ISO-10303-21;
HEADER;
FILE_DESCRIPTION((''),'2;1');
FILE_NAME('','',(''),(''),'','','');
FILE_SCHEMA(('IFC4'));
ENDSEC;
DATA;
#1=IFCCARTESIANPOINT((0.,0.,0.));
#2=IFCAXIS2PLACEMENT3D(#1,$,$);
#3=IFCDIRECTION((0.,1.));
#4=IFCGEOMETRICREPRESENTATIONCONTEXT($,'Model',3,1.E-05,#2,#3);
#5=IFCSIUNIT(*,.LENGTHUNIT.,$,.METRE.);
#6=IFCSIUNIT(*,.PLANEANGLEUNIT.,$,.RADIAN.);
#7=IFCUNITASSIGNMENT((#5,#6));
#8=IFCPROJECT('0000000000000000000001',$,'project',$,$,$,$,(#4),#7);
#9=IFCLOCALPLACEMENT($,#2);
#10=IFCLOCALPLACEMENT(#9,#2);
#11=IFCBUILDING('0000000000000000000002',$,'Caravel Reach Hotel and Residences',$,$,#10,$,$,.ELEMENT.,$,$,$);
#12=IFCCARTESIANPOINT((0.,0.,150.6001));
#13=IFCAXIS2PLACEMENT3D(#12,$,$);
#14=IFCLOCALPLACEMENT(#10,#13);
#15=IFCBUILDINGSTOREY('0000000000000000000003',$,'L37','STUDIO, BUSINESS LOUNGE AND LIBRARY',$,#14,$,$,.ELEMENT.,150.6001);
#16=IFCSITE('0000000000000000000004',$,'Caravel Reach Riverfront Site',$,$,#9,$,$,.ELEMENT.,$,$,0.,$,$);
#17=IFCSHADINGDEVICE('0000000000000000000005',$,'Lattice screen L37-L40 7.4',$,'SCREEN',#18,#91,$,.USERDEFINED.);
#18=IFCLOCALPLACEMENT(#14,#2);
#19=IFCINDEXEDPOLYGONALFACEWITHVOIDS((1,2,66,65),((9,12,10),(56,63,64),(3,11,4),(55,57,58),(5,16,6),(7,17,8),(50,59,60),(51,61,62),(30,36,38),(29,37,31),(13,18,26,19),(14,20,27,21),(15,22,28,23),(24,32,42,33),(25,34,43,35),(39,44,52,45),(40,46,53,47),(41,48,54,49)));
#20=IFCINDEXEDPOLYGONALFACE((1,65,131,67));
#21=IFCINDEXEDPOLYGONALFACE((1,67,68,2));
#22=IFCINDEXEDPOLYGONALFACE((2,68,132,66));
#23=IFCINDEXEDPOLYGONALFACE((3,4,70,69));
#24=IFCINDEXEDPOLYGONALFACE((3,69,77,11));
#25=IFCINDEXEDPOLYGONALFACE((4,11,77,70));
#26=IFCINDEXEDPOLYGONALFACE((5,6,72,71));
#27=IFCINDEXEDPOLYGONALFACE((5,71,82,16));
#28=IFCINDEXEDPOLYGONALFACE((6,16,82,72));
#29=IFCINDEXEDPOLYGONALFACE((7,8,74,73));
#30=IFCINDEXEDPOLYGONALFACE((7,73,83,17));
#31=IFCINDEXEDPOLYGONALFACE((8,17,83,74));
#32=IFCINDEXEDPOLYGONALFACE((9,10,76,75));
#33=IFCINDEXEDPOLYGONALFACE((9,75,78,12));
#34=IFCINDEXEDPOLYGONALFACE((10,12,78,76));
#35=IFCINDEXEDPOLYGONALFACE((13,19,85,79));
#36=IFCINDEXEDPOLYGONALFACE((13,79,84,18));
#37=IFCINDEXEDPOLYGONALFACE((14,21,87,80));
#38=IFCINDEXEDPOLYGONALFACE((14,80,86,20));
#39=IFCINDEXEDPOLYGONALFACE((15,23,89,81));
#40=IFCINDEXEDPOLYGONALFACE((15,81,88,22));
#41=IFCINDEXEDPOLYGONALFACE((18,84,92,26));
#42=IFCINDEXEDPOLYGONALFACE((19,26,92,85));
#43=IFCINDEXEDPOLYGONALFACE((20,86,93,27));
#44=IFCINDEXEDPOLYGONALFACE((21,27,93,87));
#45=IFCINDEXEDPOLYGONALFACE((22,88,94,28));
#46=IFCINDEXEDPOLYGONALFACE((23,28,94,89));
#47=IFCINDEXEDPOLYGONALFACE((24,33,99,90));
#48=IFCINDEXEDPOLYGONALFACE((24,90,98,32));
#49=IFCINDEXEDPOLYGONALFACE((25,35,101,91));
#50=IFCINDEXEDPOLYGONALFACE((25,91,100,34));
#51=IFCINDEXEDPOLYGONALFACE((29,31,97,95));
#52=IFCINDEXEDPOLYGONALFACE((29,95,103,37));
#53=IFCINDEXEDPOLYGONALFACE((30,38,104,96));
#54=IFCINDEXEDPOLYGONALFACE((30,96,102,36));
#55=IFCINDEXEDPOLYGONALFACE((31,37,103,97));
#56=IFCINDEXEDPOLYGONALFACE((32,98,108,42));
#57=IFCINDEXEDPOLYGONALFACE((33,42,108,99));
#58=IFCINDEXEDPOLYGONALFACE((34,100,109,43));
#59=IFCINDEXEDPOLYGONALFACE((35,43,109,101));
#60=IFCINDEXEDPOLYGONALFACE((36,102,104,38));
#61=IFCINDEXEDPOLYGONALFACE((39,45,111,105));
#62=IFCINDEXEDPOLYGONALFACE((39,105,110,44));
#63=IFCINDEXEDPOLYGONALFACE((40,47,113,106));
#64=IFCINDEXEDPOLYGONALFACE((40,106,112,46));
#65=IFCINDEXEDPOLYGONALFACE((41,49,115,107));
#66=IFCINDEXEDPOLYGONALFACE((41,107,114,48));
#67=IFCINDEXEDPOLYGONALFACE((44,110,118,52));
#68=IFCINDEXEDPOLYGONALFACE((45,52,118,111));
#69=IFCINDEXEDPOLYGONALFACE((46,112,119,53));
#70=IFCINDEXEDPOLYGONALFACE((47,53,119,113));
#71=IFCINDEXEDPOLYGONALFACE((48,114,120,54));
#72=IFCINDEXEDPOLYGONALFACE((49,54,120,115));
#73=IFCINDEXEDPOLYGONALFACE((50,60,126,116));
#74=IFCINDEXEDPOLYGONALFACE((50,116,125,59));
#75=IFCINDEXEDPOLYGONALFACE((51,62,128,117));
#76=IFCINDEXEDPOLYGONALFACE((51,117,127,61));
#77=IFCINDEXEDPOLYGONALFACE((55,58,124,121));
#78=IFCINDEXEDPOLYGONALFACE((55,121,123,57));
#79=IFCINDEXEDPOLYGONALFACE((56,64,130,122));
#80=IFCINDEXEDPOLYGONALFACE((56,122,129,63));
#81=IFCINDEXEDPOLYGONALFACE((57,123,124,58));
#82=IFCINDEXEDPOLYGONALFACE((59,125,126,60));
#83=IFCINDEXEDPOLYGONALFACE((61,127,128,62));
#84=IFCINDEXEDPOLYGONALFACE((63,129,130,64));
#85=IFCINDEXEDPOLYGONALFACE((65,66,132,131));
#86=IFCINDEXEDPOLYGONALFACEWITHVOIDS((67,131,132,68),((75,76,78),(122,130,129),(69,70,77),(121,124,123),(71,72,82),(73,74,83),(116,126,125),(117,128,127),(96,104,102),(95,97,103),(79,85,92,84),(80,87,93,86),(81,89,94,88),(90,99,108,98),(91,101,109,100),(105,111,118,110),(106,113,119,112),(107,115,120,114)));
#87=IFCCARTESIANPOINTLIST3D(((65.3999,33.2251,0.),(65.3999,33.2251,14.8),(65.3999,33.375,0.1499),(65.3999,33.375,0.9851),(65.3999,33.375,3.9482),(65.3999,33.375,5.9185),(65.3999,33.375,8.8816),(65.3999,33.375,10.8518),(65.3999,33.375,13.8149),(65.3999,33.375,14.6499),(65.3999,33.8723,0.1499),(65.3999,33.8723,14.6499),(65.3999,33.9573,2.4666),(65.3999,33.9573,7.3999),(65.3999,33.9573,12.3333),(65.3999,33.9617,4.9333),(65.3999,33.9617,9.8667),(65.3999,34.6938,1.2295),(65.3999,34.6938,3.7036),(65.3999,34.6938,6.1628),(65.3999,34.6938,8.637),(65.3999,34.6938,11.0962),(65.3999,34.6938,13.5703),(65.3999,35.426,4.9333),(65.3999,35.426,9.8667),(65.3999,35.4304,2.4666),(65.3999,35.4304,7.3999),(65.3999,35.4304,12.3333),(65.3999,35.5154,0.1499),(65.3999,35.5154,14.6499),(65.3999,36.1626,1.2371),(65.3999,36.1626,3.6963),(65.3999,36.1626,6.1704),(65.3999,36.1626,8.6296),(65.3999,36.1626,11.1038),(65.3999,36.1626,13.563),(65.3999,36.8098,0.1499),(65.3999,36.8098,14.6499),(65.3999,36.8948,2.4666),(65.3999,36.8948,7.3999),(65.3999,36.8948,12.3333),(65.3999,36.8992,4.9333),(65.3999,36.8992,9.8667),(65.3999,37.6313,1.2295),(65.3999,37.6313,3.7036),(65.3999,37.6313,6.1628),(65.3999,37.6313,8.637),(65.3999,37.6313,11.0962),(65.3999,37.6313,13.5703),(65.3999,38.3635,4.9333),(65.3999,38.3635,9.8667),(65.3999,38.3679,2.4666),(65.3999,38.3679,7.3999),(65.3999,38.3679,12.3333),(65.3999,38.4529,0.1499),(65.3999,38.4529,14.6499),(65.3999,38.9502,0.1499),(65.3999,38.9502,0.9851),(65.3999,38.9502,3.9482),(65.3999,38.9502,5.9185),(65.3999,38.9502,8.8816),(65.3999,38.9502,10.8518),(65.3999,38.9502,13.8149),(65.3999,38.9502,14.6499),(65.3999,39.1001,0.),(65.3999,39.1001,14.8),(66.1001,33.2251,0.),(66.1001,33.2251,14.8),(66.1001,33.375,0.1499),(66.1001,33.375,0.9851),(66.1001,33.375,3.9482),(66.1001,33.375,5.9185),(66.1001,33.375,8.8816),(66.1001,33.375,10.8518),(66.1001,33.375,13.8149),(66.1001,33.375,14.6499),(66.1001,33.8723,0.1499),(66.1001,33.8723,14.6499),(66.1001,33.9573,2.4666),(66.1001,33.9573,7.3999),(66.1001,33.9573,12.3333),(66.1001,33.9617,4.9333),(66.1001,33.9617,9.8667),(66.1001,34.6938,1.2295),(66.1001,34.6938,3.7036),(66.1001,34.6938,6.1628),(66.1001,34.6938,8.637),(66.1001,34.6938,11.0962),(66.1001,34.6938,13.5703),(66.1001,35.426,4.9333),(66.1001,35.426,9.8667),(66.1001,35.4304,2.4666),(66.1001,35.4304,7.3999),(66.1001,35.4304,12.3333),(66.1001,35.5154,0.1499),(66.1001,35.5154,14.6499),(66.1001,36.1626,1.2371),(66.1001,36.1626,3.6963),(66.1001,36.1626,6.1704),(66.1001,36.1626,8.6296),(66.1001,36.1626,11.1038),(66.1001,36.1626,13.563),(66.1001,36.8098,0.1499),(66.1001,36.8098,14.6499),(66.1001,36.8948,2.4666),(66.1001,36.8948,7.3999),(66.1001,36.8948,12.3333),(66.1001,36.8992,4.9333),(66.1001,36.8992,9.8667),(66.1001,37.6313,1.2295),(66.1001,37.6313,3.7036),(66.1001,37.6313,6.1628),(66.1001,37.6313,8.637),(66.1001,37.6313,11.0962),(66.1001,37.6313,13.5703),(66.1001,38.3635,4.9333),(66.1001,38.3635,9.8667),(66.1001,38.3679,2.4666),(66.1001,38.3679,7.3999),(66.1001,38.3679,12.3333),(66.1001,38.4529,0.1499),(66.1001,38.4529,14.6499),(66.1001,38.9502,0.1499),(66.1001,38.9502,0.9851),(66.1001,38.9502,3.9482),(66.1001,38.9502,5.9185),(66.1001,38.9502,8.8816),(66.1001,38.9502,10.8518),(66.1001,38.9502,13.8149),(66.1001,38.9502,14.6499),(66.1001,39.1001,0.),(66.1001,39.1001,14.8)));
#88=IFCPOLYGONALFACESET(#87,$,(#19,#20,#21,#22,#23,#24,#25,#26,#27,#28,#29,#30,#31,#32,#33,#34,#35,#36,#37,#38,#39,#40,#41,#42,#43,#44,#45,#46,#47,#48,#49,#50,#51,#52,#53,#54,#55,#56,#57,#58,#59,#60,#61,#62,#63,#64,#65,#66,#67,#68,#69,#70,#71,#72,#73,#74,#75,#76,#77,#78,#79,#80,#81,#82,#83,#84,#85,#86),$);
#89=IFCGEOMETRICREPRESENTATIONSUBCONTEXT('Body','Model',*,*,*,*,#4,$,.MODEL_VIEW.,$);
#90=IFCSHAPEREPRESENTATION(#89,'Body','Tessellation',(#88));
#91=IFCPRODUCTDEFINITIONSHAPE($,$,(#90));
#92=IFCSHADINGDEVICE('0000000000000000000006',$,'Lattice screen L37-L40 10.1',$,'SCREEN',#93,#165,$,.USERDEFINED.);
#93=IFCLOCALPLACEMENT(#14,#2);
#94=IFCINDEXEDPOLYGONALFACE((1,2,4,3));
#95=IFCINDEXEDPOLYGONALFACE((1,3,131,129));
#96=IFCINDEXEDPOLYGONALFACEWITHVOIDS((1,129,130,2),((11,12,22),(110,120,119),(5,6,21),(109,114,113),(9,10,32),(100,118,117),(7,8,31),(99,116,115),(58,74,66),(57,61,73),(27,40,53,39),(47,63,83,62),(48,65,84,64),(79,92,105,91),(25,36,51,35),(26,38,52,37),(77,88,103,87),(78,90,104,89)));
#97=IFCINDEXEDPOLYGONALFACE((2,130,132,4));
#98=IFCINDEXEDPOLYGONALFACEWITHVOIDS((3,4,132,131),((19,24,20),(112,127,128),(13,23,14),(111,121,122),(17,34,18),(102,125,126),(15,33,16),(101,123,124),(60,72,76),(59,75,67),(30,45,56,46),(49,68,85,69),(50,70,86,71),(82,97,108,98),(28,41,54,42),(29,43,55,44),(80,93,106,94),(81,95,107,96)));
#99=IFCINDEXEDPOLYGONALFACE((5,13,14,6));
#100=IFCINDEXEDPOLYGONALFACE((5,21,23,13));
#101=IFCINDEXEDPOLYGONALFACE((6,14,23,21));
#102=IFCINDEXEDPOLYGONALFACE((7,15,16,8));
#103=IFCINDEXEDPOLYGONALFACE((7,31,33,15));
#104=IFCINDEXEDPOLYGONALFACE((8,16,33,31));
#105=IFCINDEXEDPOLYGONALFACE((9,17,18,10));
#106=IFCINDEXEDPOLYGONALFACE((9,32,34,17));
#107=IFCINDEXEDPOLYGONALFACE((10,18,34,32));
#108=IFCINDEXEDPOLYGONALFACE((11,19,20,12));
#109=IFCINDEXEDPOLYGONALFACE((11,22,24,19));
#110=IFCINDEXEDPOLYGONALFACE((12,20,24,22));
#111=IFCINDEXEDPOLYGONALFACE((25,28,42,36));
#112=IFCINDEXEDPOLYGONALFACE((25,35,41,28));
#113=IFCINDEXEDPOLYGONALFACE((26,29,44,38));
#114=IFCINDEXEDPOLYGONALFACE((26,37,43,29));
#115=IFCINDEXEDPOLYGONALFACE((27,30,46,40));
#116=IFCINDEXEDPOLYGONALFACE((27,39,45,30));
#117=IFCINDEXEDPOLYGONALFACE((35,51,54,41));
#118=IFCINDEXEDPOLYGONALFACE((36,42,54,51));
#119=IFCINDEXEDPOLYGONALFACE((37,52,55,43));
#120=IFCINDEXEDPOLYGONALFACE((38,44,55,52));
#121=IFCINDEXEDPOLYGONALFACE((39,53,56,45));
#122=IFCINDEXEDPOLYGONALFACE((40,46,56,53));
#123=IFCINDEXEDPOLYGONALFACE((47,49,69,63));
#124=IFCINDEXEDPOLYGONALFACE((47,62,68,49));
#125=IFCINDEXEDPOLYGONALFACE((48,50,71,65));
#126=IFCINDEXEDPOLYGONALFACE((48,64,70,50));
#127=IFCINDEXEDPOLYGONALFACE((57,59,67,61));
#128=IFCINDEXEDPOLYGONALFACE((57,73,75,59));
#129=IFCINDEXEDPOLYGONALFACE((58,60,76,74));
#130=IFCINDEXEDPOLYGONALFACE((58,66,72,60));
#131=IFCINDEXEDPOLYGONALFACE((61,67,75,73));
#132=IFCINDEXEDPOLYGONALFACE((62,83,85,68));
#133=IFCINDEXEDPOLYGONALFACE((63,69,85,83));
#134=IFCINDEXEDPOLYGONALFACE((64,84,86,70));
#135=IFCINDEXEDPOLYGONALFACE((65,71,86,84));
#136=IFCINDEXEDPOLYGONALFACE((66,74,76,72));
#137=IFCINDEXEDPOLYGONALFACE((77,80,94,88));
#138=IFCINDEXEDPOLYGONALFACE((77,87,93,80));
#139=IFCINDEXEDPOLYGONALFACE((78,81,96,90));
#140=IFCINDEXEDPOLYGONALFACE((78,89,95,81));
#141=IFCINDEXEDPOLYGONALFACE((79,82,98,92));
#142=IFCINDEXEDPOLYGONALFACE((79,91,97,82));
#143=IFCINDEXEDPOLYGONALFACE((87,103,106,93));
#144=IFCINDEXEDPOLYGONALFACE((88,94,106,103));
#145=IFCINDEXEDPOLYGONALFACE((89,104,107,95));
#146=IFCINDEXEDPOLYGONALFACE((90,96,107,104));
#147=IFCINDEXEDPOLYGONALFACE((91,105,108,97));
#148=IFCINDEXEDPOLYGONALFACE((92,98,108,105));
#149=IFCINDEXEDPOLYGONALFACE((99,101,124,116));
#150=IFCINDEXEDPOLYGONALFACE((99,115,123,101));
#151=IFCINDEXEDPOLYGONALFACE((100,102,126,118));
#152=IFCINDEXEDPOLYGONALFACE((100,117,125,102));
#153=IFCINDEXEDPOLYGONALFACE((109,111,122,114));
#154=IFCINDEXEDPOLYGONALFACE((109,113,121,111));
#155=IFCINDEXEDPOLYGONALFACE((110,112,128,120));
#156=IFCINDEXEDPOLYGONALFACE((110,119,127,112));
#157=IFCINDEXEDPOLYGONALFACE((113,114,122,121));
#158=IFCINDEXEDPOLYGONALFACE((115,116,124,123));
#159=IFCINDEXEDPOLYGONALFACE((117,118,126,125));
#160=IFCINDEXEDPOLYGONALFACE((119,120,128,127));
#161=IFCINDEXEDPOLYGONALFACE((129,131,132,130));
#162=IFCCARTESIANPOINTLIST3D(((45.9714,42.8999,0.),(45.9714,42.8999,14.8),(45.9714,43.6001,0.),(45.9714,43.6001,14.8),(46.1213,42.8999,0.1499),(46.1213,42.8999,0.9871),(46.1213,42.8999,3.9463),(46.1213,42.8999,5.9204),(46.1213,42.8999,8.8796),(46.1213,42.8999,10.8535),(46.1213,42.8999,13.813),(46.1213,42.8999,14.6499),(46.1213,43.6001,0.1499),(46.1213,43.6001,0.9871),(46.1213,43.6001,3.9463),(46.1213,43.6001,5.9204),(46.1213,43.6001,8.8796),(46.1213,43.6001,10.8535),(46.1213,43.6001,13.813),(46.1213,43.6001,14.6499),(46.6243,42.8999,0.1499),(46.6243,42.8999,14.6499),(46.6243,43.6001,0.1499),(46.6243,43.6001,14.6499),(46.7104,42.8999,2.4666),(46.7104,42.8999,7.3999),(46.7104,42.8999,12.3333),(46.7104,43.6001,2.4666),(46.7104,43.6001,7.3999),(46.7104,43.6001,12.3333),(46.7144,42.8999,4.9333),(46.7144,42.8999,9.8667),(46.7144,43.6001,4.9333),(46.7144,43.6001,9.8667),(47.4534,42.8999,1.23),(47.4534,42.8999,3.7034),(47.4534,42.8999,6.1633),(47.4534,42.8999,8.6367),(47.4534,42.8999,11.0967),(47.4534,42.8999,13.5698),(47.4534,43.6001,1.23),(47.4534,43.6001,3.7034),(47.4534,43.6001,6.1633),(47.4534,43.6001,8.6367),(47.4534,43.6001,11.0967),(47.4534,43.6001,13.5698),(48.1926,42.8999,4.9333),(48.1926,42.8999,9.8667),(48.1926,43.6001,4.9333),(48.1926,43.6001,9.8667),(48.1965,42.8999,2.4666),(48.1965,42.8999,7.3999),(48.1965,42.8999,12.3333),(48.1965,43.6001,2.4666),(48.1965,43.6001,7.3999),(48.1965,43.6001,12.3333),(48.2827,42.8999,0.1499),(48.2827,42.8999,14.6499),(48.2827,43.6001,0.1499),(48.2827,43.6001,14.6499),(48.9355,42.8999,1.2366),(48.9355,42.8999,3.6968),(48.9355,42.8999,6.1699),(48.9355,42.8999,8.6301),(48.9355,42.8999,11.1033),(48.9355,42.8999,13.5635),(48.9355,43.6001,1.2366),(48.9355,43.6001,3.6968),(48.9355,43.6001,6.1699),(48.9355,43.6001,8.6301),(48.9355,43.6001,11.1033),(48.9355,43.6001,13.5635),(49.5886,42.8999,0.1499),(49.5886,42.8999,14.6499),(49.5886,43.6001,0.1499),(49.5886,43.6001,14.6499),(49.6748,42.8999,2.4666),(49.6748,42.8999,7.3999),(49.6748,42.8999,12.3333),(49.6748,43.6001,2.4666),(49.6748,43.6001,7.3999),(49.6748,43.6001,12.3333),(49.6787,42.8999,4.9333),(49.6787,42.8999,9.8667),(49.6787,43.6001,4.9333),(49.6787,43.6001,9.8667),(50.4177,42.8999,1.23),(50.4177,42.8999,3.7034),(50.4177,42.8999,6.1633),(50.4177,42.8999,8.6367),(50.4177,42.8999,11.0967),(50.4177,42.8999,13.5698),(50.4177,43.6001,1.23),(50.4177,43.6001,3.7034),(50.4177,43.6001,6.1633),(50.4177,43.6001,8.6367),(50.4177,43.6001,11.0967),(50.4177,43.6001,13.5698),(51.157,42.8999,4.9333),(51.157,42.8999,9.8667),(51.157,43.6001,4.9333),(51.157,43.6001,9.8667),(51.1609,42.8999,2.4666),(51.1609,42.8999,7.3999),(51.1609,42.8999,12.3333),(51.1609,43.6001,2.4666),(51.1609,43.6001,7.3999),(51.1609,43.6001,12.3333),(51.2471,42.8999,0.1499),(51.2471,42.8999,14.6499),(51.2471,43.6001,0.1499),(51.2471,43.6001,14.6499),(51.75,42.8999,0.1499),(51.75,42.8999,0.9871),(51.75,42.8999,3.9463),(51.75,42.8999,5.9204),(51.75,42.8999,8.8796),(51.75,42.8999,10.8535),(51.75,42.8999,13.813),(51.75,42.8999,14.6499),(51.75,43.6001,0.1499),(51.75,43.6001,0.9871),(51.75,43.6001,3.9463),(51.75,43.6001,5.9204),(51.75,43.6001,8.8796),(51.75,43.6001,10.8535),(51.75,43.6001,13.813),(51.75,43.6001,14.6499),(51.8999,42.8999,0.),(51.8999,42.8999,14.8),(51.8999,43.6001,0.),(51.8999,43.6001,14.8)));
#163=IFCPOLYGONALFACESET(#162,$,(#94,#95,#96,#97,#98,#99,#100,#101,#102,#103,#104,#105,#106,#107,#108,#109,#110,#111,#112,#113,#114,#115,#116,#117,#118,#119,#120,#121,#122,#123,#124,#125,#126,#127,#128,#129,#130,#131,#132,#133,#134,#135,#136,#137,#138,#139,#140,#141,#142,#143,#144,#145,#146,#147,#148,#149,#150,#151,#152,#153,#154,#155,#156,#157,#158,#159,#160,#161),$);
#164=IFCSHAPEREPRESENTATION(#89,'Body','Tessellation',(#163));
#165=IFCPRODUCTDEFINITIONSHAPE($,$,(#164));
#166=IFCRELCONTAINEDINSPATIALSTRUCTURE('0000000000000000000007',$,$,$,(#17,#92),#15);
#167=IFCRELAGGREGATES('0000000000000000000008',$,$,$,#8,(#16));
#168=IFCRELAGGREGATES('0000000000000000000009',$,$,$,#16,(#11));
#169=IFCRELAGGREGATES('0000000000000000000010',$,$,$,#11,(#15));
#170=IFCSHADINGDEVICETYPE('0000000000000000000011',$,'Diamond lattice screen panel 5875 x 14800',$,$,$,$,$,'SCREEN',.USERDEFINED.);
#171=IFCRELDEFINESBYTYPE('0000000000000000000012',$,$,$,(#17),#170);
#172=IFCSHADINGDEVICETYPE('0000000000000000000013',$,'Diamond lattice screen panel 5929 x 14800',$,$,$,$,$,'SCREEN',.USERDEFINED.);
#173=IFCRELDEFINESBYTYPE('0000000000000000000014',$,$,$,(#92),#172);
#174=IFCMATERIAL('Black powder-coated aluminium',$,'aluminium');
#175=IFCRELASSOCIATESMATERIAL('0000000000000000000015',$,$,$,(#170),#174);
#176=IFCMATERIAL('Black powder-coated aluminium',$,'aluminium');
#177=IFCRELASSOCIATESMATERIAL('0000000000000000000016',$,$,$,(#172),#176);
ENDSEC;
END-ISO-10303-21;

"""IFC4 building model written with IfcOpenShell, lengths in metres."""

from ifc_helpers import new_model, si_unit, direction, frame, origin, place, context, subcontext, project, spatial, polyline, outline, extrude, material, type_object, element, save


model = new_model("IFC4")

# Units and contexts
model_context = context("Model", 3, precision=1e-05, world=origin(), true_north=direction((0.0, 1.0)))
body_context = subcontext(model_context, "Body", "Model", "MODEL_VIEW")
ifc_project = project(units=[si_unit("LENGTHUNIT", "METRE"), si_unit("PLANEANGLEUNIT", "RADIAN")], contexts=[model_context])

# Site, building, storey
site_placement = place(None, origin())
site = spatial("IfcSite", under=ifc_project, at=site_placement, Name="Caravel Reach Riverfront Site", CompositionType="ELEMENT", RefElevation=0.0)
building_placement = place(site_placement, origin())
building = spatial("IfcBuilding", under=site, at=building_placement, Name="Caravel Reach Hotel and Residences", CompositionType="ELEMENT")
storey_placement = place(building_placement, frame((0.0, 0.0, 150.6001)))
storey = spatial("IfcBuildingStorey", under=building, at=storey_placement, Name="L37", Description="STUDIO, BUSINESS LOUNGE AND LIBRARY", CompositionType="ELEMENT", Elevation=150.6001)

# Shading devices
ifc_material_1 = material(Name="Black powder-coated aluminium", Category="aluminium")
shading_device_type_1 = type_object("IfcShadingDeviceType", Name="Diamond lattice screen panel 5875 x 14800", ElementType="SCREEN", PredefinedType="USERDEFINED", material=ifc_material_1)
shading_device_1_placement = place(storey_placement, frame((65.3999, 33.2251, 0.0), z_axis=(1.0, 0.0, 0.0), x_axis=(0.0, 1.0, 0.0)))
element("IfcShadingDevice", 1, at=shading_device_1_placement, inside=storey, type_object=shading_device_type_1, Name="Lattice screen L37-L40 7.4", ObjectType="SCREEN", PredefinedType="USERDEFINED", context=body_context, shape_type="SweptSolid", body=[
    extrude(outline(polyline([(0.0, 0.0), (5.875, 0.0), (5.875, 14.8), (0.0, 14.8), (0.0, 0.0)]), holes=[polyline([(0.6472, 0.1499), (0.1499, 0.9851), (0.1499, 0.1499), (0.6472, 0.1499)]), polyline([(0.7366, 4.9333), (0.1499, 5.9185), (0.1499, 3.9482), (0.7366, 4.9333)]), polyline([(0.7366, 9.8667), (0.1499, 10.8518), (0.1499, 8.8816), (0.7366, 9.8667)]), polyline([(0.1499, 13.8149), (0.6472, 14.6499), (0.1499, 14.6499), (0.1499, 13.8149)]), polyline([(1.4688, 3.7036), (0.7322, 2.4666), (1.4688, 1.2295), (2.2053, 2.4666), (1.4688, 3.7036)]), polyline([(1.4688, 8.637), (0.7322, 7.3999), (1.4688, 6.1628), (2.2053, 7.3999), (1.4688, 8.637)]), polyline([(1.4688, 13.5703), (0.7322, 12.3333), (1.4688, 11.0962), (2.2053, 12.3333), (1.4688, 13.5703)]), polyline([(2.9375, 1.2371), (2.2903, 0.1499), (3.5847, 0.1499), (2.9375, 1.2371)]), polyline([(2.9375, 6.1704), (2.2009, 4.9333), (2.9375, 3.6963), (3.6741, 4.9333), (2.9375, 6.1704)]), polyline([(2.9375, 11.1038), (2.2009, 9.8667), (2.9375, 8.6296), (3.6741, 9.8667), (2.9375, 11.1038)]), polyline([(2.9375, 13.563), (3.5847, 14.6499), (2.2903, 14.6499), (2.9375, 13.563)]), polyline([(4.4062, 3.7036), (3.6697, 2.4666), (4.4062, 1.2295), (5.1428, 2.4666), (4.4062, 3.7036)]), polyline([(4.4062, 8.637), (3.6697, 7.3999), (4.4062, 6.1628), (5.1428, 7.3999), (4.4062, 8.637)]), polyline([(4.4062, 13.5703), (3.6697, 12.3333), (4.4062, 11.0962), (5.1428, 12.3333), (4.4062, 13.5703)]), polyline([(5.7251, 0.9851), (5.2278, 0.1499), (5.7251, 0.1499), (5.7251, 0.9851)]), polyline([(5.1384, 4.9333), (5.7251, 3.9482), (5.7251, 5.9185), (5.1384, 4.9333)]), polyline([(5.1384, 9.8667), (5.7251, 8.8816), (5.7251, 10.8518), (5.1384, 9.8667)]), polyline([(5.2278, 14.6499), (5.7251, 13.8149), (5.7251, 14.6499), (5.2278, 14.6499)])]), origin(), (0.0, 0.0, 1.0), 0.7002),
])
ifc_material_2 = material(Name="Black powder-coated aluminium", Category="aluminium")
shading_device_type_2 = type_object("IfcShadingDeviceType", Name="Diamond lattice screen panel 5929 x 14800", ElementType="SCREEN", PredefinedType="USERDEFINED", material=ifc_material_2)
shading_device_2_placement = place(storey_placement, frame((51.8999, 42.8999, 0.0), z_axis=(0.0, 1.0, 0.0), x_axis=(-1.0, 0.0, 0.0)))
element("IfcShadingDevice", 2, at=shading_device_2_placement, inside=storey, type_object=shading_device_type_2, Name="Lattice screen L37-L40 10.1", ObjectType="SCREEN", PredefinedType="USERDEFINED", context=body_context, shape_type="SweptSolid", body=[
    extrude(outline(polyline([(0.0, 0.0), (5.9285, 0.0), (5.9285, 14.8), (0.0, 14.8), (0.0, 0.0)]), holes=[polyline([(0.6528, 0.1499), (0.1499, 0.9871), (0.1499, 0.1499), (0.6528, 0.1499)]), polyline([(0.7429, 4.9333), (0.1499, 5.9204), (0.1499, 3.9463), (0.7429, 4.9333)]), polyline([(0.7429, 9.8667), (0.1499, 10.8535), (0.1499, 8.8796), (0.7429, 9.8667)]), polyline([(0.1499, 13.813), (0.6528, 14.6499), (0.1499, 14.6499), (0.1499, 13.813)]), polyline([(1.4822, 3.7034), (0.739, 2.4666), (1.4822, 1.23), (2.2251, 2.4666), (1.4822, 3.7034)]), polyline([(1.4822, 8.6367), (0.739, 7.3999), (1.4822, 6.1633), (2.2251, 7.3999), (1.4822, 8.6367)]), polyline([(1.4822, 13.5698), (0.739, 12.3333), (1.4822, 11.0967), (2.2251, 12.3333), (1.4822, 13.5698)]), polyline([(2.9644, 1.2366), (2.3113, 0.1499), (3.6172, 0.1499), (2.9644, 1.2366)]), polyline([(2.9644, 6.1699), (2.2212, 4.9333), (2.9644, 3.6968), (3.7073, 4.9333), (2.9644, 6.1699)]), polyline([(2.9644, 11.1033), (2.2212, 9.8667), (2.9644, 8.6301), (3.7073, 9.8667), (2.9644, 11.1033)]), polyline([(2.9644, 13.5635), (3.6172, 14.6499), (2.3113, 14.6499), (2.9644, 13.5635)]), polyline([(4.4465, 3.7034), (3.7034, 2.4666), (4.4465, 1.23), (5.1895, 2.4666), (4.4465, 3.7034)]), polyline([(4.4465, 8.6367), (3.7034, 7.3999), (4.4465, 6.1633), (5.1895, 7.3999), (4.4465, 8.6367)]), polyline([(4.4465, 13.5698), (3.7034, 12.3333), (4.4465, 11.0967), (5.1895, 12.3333), (4.4465, 13.5698)]), polyline([(5.7786, 0.9871), (5.2756, 0.1499), (5.7786, 0.1499), (5.7786, 0.9871)]), polyline([(5.1855, 4.9333), (5.7786, 3.9463), (5.7786, 5.9204), (5.1855, 4.9333)]), polyline([(5.1855, 9.8667), (5.7786, 8.8796), (5.7786, 10.8535), (5.1855, 9.8667)]), polyline([(5.2756, 14.6499), (5.7786, 13.813), (5.7786, 14.6499), (5.2756, 14.6499)])]), origin(), (0.0, 0.0, 1.0), 0.7002),
])

save(model, "model.ifc")
